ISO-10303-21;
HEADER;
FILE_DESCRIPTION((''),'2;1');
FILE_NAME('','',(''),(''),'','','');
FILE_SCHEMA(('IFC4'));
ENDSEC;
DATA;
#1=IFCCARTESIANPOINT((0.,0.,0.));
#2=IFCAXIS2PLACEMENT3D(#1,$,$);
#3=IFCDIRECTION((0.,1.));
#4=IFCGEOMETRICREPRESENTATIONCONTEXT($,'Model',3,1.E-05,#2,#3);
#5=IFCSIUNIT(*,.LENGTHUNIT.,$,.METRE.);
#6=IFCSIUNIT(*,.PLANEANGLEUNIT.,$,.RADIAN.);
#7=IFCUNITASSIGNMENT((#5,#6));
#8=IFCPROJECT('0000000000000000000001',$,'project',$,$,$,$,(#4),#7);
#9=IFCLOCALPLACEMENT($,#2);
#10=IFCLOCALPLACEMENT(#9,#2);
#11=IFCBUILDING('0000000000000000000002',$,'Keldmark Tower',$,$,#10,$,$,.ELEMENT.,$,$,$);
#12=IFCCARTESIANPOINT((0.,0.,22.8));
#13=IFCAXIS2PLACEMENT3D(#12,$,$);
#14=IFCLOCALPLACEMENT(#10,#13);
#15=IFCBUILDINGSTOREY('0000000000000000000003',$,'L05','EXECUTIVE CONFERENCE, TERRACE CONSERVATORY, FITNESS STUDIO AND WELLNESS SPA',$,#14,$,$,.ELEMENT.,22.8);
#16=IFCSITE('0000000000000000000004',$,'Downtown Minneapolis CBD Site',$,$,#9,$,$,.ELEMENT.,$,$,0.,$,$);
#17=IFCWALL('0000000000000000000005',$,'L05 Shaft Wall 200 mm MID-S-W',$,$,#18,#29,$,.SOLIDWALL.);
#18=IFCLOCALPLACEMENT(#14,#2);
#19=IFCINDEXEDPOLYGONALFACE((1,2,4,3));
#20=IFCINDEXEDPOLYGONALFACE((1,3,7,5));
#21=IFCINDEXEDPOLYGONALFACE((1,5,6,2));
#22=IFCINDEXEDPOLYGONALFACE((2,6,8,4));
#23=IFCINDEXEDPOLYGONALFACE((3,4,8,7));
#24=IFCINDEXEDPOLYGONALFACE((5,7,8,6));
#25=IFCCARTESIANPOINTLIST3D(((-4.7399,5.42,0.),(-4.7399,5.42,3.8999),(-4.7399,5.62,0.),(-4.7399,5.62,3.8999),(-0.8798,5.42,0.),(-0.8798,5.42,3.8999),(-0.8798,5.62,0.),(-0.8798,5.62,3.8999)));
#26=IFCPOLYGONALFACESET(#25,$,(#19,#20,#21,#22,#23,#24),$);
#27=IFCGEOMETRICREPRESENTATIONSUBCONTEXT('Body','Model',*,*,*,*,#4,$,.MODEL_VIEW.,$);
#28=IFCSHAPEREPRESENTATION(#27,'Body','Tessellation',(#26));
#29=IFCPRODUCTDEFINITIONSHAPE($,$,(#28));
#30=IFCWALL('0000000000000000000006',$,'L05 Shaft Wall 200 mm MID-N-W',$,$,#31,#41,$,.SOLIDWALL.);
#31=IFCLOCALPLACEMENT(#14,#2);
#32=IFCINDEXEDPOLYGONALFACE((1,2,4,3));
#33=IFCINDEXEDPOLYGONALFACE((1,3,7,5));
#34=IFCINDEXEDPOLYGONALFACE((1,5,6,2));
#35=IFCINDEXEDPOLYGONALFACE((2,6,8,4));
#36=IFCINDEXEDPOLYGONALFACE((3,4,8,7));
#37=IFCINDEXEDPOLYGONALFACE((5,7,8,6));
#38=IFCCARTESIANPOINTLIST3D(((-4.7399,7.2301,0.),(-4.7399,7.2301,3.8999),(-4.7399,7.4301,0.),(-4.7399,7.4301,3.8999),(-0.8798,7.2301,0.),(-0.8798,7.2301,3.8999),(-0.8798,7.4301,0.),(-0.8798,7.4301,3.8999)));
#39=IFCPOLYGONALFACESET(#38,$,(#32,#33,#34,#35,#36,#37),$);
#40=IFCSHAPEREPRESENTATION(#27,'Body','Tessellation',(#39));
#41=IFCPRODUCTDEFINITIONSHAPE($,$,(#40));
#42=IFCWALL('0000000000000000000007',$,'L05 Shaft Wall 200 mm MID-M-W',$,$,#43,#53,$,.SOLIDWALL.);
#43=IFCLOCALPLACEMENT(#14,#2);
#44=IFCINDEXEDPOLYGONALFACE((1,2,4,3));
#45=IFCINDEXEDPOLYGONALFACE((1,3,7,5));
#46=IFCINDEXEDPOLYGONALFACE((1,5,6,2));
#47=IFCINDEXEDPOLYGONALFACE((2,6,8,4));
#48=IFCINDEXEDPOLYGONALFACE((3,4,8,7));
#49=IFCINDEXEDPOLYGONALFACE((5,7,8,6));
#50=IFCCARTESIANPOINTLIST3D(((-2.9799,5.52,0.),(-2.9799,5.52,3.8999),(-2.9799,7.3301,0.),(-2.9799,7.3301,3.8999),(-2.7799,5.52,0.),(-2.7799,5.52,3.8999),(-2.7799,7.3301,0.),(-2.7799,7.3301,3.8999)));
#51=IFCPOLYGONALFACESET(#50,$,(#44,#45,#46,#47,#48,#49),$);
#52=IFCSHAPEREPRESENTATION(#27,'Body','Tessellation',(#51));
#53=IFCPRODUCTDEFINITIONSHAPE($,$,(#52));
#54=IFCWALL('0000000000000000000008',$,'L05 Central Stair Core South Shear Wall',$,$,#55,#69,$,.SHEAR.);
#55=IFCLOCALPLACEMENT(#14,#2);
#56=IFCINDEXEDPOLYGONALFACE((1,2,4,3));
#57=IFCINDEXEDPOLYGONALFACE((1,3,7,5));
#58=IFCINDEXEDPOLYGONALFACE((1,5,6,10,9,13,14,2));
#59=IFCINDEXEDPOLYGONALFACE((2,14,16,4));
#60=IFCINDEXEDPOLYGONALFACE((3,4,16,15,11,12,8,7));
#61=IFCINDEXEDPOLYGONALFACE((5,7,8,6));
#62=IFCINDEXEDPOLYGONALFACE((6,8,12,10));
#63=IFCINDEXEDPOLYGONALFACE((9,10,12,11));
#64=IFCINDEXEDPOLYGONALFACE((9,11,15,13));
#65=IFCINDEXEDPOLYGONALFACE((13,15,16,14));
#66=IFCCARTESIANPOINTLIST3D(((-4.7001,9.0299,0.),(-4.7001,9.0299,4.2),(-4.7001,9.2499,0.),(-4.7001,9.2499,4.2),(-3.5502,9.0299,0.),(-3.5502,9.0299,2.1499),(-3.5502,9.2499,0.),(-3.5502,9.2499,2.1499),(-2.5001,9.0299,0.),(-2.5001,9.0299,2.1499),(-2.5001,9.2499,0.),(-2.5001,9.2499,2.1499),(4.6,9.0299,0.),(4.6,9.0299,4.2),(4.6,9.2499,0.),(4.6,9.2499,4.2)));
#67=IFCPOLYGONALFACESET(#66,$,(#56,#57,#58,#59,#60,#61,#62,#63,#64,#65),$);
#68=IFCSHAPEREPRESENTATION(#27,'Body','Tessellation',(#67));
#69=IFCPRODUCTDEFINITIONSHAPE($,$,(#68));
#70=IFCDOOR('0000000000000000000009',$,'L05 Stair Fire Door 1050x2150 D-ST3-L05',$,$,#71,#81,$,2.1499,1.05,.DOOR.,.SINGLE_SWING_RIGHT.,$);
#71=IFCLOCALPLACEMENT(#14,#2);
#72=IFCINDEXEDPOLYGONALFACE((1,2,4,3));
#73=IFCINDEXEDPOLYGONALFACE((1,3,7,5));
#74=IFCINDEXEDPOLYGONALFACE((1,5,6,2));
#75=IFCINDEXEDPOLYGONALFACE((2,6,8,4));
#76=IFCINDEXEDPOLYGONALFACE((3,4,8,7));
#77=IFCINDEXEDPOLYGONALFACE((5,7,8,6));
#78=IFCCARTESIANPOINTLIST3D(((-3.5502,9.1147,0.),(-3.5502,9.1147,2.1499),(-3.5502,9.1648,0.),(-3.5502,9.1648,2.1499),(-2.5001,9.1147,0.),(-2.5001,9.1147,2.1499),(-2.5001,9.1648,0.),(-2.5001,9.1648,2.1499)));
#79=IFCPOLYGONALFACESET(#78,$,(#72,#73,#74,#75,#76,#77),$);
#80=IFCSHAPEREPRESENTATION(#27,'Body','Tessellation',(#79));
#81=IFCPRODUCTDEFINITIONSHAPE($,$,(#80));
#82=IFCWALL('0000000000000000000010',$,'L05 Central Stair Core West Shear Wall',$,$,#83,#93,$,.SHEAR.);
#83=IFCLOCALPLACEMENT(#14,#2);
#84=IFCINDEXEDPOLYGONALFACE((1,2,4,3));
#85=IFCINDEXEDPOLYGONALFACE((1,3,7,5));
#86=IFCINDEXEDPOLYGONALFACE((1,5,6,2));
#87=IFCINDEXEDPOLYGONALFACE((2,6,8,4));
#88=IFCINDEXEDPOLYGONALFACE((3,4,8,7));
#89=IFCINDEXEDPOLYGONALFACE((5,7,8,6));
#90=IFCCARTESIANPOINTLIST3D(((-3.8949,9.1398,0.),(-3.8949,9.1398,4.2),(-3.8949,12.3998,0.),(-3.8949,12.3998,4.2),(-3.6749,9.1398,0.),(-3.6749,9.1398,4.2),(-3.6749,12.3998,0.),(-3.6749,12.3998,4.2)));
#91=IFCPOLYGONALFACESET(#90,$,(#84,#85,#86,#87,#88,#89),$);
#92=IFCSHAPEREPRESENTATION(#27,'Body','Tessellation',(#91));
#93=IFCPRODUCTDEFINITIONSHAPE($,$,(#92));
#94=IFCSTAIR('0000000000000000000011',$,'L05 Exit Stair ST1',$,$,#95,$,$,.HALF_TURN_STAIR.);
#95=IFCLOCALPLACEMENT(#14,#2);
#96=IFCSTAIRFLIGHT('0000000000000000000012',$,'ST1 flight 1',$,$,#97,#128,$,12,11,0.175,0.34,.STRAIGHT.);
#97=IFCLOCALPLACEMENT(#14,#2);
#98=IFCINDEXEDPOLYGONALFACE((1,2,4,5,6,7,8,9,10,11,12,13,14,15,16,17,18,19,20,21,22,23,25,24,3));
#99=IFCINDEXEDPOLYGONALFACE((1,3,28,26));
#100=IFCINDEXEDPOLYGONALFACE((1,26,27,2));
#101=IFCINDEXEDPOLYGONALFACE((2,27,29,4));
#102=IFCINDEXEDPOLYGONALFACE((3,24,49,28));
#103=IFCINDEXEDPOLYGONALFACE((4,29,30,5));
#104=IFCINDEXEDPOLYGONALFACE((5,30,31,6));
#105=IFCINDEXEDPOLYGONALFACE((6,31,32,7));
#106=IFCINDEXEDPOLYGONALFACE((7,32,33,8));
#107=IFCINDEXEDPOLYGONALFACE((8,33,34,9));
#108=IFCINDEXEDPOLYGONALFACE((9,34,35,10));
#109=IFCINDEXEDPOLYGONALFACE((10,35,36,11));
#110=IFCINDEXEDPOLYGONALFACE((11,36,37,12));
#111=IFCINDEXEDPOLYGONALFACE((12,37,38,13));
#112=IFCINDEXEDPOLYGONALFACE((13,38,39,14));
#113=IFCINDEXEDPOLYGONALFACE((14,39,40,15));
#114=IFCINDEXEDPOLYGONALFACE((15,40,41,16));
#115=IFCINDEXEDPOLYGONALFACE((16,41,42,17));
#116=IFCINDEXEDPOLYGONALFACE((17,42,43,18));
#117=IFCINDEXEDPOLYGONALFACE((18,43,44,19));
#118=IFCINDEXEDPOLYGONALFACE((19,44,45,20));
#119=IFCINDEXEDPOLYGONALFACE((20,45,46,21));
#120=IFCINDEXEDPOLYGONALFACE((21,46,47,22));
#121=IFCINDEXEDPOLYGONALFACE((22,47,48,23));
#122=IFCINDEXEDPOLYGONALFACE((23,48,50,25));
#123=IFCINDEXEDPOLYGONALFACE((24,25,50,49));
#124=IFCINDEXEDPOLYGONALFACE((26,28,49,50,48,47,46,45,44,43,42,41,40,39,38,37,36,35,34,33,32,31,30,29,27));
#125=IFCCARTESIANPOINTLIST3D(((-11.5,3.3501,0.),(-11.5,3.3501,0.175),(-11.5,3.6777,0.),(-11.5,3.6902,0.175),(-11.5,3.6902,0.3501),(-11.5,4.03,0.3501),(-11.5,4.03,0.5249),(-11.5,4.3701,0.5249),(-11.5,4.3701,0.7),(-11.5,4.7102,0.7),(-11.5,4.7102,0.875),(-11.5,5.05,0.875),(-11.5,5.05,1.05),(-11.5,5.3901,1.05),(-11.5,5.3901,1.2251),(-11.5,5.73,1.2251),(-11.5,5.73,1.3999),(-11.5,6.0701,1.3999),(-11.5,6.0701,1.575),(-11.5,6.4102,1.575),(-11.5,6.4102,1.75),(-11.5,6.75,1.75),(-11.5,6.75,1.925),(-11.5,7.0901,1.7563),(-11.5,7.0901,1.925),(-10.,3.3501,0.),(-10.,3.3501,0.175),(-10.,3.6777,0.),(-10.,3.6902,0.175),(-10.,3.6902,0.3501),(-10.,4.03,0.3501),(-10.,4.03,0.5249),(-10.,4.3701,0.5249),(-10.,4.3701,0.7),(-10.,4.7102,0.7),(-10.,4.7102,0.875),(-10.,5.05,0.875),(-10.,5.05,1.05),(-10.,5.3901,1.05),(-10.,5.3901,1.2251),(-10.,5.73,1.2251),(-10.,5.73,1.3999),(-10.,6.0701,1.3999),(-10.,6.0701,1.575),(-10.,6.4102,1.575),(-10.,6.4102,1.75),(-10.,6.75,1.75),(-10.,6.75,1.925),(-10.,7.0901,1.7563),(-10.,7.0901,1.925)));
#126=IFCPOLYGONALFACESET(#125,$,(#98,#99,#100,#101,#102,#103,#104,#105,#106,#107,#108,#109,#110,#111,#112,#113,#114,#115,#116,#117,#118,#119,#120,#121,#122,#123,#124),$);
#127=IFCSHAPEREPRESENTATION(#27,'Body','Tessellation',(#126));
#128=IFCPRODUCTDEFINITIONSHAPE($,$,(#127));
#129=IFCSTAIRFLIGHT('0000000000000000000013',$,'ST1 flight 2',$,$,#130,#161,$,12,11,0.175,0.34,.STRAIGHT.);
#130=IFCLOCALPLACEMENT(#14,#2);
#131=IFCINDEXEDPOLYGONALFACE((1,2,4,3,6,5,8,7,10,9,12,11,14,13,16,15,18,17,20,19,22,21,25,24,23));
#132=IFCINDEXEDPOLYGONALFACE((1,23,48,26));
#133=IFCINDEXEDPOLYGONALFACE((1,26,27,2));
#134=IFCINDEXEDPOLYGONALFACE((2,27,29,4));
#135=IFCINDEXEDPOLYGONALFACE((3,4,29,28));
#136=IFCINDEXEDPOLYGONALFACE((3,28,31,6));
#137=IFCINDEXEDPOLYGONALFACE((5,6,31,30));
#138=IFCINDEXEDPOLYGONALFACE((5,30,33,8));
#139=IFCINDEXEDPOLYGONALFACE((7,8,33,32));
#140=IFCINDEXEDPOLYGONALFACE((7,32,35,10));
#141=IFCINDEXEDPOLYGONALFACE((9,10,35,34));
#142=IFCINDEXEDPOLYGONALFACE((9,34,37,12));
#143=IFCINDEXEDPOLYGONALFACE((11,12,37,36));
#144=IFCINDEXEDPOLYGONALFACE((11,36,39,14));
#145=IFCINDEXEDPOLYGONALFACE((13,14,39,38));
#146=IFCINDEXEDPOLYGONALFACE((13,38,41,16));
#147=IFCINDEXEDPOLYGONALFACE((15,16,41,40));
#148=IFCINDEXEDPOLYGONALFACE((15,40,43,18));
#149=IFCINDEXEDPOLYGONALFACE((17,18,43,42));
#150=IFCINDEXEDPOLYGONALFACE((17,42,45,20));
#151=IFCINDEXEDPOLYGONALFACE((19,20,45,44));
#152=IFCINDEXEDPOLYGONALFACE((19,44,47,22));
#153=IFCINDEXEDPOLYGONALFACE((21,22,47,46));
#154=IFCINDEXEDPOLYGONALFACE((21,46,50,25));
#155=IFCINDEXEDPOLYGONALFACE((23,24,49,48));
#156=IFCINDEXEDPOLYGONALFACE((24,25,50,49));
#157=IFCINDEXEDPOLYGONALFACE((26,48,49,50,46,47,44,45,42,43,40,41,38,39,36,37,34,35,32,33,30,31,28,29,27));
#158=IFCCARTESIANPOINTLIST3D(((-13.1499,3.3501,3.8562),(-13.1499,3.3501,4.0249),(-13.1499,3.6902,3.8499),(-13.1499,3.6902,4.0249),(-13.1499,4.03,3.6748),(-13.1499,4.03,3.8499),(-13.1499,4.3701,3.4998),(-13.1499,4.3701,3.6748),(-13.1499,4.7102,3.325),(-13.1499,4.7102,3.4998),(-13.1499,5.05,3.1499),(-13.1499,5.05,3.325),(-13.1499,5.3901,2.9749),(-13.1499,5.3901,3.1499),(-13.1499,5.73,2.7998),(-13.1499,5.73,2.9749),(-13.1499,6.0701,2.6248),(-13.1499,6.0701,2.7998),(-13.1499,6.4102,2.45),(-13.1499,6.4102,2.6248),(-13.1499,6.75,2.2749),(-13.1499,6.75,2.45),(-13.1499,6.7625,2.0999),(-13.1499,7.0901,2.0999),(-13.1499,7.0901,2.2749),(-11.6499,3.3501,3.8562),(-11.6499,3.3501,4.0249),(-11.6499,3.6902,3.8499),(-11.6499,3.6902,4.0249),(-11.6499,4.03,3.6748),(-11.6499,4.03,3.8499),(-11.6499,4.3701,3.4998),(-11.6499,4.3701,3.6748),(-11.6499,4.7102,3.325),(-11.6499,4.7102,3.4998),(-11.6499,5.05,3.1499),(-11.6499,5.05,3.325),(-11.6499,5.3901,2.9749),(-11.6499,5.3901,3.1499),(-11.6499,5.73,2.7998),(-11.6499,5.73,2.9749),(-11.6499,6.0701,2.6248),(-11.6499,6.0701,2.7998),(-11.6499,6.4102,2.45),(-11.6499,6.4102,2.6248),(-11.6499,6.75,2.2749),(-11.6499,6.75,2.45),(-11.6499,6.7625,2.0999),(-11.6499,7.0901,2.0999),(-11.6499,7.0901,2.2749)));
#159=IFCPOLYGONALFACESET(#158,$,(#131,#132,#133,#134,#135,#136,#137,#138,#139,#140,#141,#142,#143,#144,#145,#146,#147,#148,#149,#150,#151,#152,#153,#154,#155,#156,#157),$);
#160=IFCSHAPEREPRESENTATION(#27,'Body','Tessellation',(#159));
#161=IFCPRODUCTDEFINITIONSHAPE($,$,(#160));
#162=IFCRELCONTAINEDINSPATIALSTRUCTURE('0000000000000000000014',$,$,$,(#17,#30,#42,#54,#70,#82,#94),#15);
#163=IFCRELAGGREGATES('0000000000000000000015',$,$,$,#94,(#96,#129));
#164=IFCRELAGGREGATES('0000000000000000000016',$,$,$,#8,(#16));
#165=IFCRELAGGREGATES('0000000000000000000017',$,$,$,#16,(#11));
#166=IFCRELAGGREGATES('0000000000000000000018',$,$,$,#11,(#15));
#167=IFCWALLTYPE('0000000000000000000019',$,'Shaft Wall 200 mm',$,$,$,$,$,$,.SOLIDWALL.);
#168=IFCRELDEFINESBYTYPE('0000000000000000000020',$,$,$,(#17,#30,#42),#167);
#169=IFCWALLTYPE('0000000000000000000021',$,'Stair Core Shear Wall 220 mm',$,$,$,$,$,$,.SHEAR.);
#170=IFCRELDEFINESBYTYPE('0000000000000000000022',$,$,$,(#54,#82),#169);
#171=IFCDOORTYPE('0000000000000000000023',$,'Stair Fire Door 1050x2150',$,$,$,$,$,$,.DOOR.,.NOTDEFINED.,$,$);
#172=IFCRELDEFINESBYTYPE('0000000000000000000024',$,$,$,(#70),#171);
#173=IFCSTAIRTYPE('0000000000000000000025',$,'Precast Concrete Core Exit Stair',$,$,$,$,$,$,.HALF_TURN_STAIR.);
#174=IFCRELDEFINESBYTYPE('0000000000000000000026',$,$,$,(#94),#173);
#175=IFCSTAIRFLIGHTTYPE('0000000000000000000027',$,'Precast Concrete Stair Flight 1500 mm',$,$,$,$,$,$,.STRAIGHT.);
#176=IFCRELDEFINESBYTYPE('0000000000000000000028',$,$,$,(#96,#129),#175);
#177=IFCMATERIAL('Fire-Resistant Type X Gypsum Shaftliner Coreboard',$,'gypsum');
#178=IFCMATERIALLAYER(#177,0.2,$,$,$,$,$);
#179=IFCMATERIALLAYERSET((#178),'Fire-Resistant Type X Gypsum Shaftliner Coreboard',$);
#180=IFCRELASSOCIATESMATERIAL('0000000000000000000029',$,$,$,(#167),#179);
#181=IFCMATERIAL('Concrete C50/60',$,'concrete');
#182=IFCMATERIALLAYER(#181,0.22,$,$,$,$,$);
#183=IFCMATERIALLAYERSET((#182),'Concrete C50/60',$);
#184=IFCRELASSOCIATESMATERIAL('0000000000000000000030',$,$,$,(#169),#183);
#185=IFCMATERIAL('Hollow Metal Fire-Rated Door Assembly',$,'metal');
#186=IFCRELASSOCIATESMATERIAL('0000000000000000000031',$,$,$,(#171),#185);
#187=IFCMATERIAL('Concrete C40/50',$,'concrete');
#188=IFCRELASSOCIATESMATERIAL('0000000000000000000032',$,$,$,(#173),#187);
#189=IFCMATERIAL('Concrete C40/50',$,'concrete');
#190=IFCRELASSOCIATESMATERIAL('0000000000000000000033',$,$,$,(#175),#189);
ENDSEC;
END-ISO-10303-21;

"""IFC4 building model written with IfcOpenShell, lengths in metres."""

from ifc_helpers import new_model, si_unit, direction, frame, frame_2d, origin, place, context, subcontext, project, spatial, polyline, rectangle, outline, extrude, material, layer, layer_set, type_object, element, fill, aggregate, save


model = new_model("IFC4")

# Units and contexts
model_context = context("Model", 3, precision=1e-05, world=origin(), true_north=direction((0.0, 1.0)))
body_context = subcontext(model_context, "Body", "Model", "MODEL_VIEW")
ifc_project = project(units=[si_unit("LENGTHUNIT", "METRE"), si_unit("PLANEANGLEUNIT", "RADIAN")], contexts=[model_context])

# Site, building, storey
site_placement = place(None, origin())
site = spatial("IfcSite", under=ifc_project, at=site_placement, Name="Downtown Minneapolis CBD Site", CompositionType="ELEMENT", RefElevation=0.0)
building_placement = place(site_placement, origin())
building = spatial("IfcBuilding", under=site, at=building_placement, Name="Keldmark Tower", CompositionType="ELEMENT")
storey_placement = place(building_placement, frame((0.0, 0.0, 22.8)))
storey = spatial("IfcBuildingStorey", under=building, at=storey_placement, Name="L05", Description="EXECUTIVE CONFERENCE, TERRACE CONSERVATORY, FITNESS STUDIO AND WELLNESS SPA", CompositionType="ELEMENT", Elevation=22.8)

# Shared definitions
ifc_material_1 = material(Name="Fire-Resistant Type X Gypsum Shaftliner Coreboard", Category="gypsum")
ifc_layer_1 = layer(ifc_material_1, 0.2)
ifc_layer_set_1 = layer_set([ifc_layer_1], Name="Fire-Resistant Type X Gypsum Shaftliner Coreboard")
wall_type_1 = type_object("IfcWallType", Name="Shaft Wall 200 mm", PredefinedType="SOLIDWALL", material=ifc_layer_set_1)

# Walls
for number, where, z_axis, x_axis, name in (
    (1, (-4.74, 5.52, 0.0), (0.0, 0.0, 1.0), (1.0, 0.0, 0.0), "L05 Shaft Wall 200 mm MID-S-W"),
    (2, (-4.74, 7.3301, 0.0), (0.0, 0.0, 1.0), (1.0, 0.0, 0.0), "L05 Shaft Wall 200 mm MID-N-W"),
):
    element("IfcWall", number, at=place(storey_placement, frame(where, z_axis=z_axis, x_axis=x_axis)), inside=storey, type_object=wall_type_1, Name=name, PredefinedType="SOLIDWALL", context=body_context, shape_type="SweptSolid", body=[
        extrude(rectangle(XDim=3.8601, YDim=0.2, at=frame_2d((1.9302, 0.0))), origin(), (0.0, 0.0, 1.0), 3.8999),
    ])
wall_1_placement = place(storey_placement, frame((-2.8799, 5.52, 0.0), z_axis=(0.0, 0.0, 1.0), x_axis=(0.0, 1.0, 0.0)))
element("IfcWall", 3, at=wall_1_placement, inside=storey, type_object=wall_type_1, Name="L05 Shaft Wall 200 mm MID-M-W", PredefinedType="SOLIDWALL", context=body_context, shape_type="SweptSolid", body=[
    extrude(rectangle(XDim=1.8101, YDim=0.2, at=frame_2d((0.905, 0.0))), origin(), (0.0, 0.0, 1.0), 3.8999),
])

# Wall, opening, door
ifc_material_2 = material(Name="Concrete C50/60", Category="concrete")
ifc_layer_2 = layer(ifc_material_2, 0.22)
ifc_layer_set_2 = layer_set([ifc_layer_2], Name="Concrete C50/60")
wall_type_2 = type_object("IfcWallType", Name="Stair Core Shear Wall 220 mm", PredefinedType="SHEAR", material=ifc_layer_set_2)
wall_2_placement = place(storey_placement, frame((-4.7, 9.1399, 0.0), z_axis=(0.0, 0.0, 1.0), x_axis=(1.0, 0.0, 0.0)))
wall_2 = element("IfcWall", 4, at=wall_2_placement, inside=storey, type_object=wall_type_2, Name="L05 Central Stair Core South Shear Wall", PredefinedType="SHEAR", context=body_context, shape_type="SweptSolid", body=[
    extrude(rectangle(XDim=9.3, YDim=0.22, at=frame_2d((4.6499, 0.0))), origin(), (0.0, 0.0, 1.0), 4.2),
])
opening_1_placement = place(wall_2_placement, frame((1.1499, 0.0, 0.0)))
opening_1 = element("IfcOpeningElement", 5, at=opening_1_placement, cuts=wall_2, PredefinedType="OPENING", context=body_context, shape_type="SweptSolid", body=[
    extrude(rectangle(XDim=1.05, YDim=2.1499, at=frame_2d((0.5249, 1.075))), frame((0.0, 0.1199, 0.0), z_axis=(0.0, -1.0, 0.0), x_axis=(1.0, 0.0, 0.0)), (0.0, 0.0, 1.0), 0.24),
])
ifc_material_3 = material(Name="Hollow Metal Fire-Rated Door Assembly", Category="metal")
door_type_1 = type_object("IfcDoorType", Name="Stair Fire Door 1050x2150", OperationType="NOTDEFINED", PredefinedType="DOOR", material=ifc_material_3)
door_1_placement = place(opening_1_placement, origin())
door_1 = element("IfcDoor", 6, at=door_1_placement, inside=storey, type_object=door_type_1, Name="L05 Stair Fire Door 1050x2150 D-ST3-L05", OperationType="SINGLE_SWING_RIGHT", OverallHeight=2.1499, OverallWidth=1.05, PredefinedType="DOOR", context=body_context, shape_type="SweptSolid", body=[
    extrude(rectangle(XDim=1.05, YDim=2.1499, at=frame_2d((0.5249, 1.075))), frame((0.0, 0.0249, 0.0), z_axis=(0.0, -1.0, 0.0), x_axis=(1.0, 0.0, 0.0)), (0.0, 0.0, 1.0), 0.05),
])
fill(opening_1, door_1)

# Wall
wall_3_placement = place(storey_placement, frame((-3.7849, 9.1399, 0.0), z_axis=(0.0, 0.0, 1.0), x_axis=(0.0, 1.0, 0.0)))
element("IfcWall", 7, at=wall_3_placement, inside=storey, type_object=wall_type_2, Name="L05 Central Stair Core West Shear Wall", PredefinedType="SHEAR", context=body_context, shape_type="SweptSolid", body=[
    extrude(rectangle(XDim=3.26, YDim=0.22, at=frame_2d((1.6299, 0.0))), origin(), (0.0, 0.0, 1.0), 4.2),
])

# Stair, stair flights
ifc_material_4 = material(Name="Concrete C40/50", Category="concrete")
stair_type = type_object("IfcStairType", Name="Precast Concrete Core Exit Stair", PredefinedType="HALF_TURN_STAIR", material=ifc_material_4)
stair_placement = place(storey_placement, origin())
stair = element("IfcStair", 8, at=stair_placement, inside=storey, type_object=stair_type, Name="L05 Exit Stair ST1", PredefinedType="HALF_TURN_STAIR")
ifc_material_5 = material(Name="Concrete C40/50", Category="concrete")
stair_flight_type = type_object("IfcStairFlightType", Name="Precast Concrete Stair Flight 1500 mm", PredefinedType="STRAIGHT", material=ifc_material_5)
stair_flight_1_placement = place(storey_placement, frame((-10.75, 3.3501, 0.0), z_axis=(0.0, 0.0, 1.0), x_axis=(0.0, 1.0, 0.0)))
stair_flight_1 = element("IfcStairFlight", 9, at=stair_flight_1_placement, type_object=stair_flight_type, Name="ST1 flight 1", NumberOfRisers=12, NumberOfTreads=11, PredefinedType="STRAIGHT", RiserHeight=0.175, TreadLength=0.34, context=body_context, shape_type="SweptSolid", body=[
    extrude(outline(polyline([(0.0, 0.0), (0.0, 0.175), (0.3401, 0.175), (0.3401, 0.3501), (0.6799, 0.3501), (0.6799, 0.5249), (1.02, 0.5249), (1.02, 0.7), (1.3601, 0.7), (1.3601, 0.875), (1.7, 0.875), (1.7, 1.05), (2.04, 1.05), (2.04, 1.2251), (2.3799, 1.2251), (2.3799, 1.3999), (2.72, 1.3999), (2.72, 1.575), (3.0601, 1.575), (3.0601, 1.75), (3.3999, 1.75), (3.3999, 1.925), (3.74, 1.925), (3.74, 2.1001), (3.74, 1.7563), (0.3276, 0.0), (0.0, 0.0)])), frame((0.0, 0.75, 0.0), z_axis=(0.0, -1.0, 0.0), x_axis=(1.0, 0.0, 0.0)), (0.0, 0.0, 1.0), 1.5),
])
stair_flight_2_placement = place(storey_placement, frame((-12.3999, 7.0901, 2.0999), z_axis=(0.0, 0.0, 1.0), x_axis=(0.0, -1.0, 0.0)))
stair_flight_2 = element("IfcStairFlight", 10, at=stair_flight_2_placement, type_object=stair_flight_type, Name="ST1 flight 2", NumberOfRisers=12, NumberOfTreads=11, PredefinedType="STRAIGHT", RiserHeight=0.175, TreadLength=0.34, context=body_context, shape_type="SweptSolid", body=[
    extrude(outline(polyline([(0.0, 0.0), (0.0, 0.175), (0.3401, 0.175), (0.3401, 0.3501), (0.6799, 0.3501), (0.6799, 0.5249), (1.02, 0.5249), (1.02, 0.7), (1.3601, 0.7), (1.3601, 0.875), (1.7, 0.875), (1.7, 1.05), (2.04, 1.05), (2.04, 1.2251), (2.3799, 1.2251), (2.3799, 1.3999), (2.72, 1.3999), (2.72, 1.575), (3.0601, 1.575), (3.0601, 1.75), (3.3999, 1.75), (3.3999, 1.925), (3.74, 1.925), (3.74, 2.1001), (3.74, 1.7563), (0.3276, 0.0), (0.0, 0.0)])), frame((0.0, 0.75, 0.0), z_axis=(0.0, -1.0, 0.0), x_axis=(1.0, 0.0, 0.0)), (0.0, 0.0, 1.0), 1.5),
])
aggregate(stair, [stair_flight_1, stair_flight_2])

save(model, "model.ifc")
